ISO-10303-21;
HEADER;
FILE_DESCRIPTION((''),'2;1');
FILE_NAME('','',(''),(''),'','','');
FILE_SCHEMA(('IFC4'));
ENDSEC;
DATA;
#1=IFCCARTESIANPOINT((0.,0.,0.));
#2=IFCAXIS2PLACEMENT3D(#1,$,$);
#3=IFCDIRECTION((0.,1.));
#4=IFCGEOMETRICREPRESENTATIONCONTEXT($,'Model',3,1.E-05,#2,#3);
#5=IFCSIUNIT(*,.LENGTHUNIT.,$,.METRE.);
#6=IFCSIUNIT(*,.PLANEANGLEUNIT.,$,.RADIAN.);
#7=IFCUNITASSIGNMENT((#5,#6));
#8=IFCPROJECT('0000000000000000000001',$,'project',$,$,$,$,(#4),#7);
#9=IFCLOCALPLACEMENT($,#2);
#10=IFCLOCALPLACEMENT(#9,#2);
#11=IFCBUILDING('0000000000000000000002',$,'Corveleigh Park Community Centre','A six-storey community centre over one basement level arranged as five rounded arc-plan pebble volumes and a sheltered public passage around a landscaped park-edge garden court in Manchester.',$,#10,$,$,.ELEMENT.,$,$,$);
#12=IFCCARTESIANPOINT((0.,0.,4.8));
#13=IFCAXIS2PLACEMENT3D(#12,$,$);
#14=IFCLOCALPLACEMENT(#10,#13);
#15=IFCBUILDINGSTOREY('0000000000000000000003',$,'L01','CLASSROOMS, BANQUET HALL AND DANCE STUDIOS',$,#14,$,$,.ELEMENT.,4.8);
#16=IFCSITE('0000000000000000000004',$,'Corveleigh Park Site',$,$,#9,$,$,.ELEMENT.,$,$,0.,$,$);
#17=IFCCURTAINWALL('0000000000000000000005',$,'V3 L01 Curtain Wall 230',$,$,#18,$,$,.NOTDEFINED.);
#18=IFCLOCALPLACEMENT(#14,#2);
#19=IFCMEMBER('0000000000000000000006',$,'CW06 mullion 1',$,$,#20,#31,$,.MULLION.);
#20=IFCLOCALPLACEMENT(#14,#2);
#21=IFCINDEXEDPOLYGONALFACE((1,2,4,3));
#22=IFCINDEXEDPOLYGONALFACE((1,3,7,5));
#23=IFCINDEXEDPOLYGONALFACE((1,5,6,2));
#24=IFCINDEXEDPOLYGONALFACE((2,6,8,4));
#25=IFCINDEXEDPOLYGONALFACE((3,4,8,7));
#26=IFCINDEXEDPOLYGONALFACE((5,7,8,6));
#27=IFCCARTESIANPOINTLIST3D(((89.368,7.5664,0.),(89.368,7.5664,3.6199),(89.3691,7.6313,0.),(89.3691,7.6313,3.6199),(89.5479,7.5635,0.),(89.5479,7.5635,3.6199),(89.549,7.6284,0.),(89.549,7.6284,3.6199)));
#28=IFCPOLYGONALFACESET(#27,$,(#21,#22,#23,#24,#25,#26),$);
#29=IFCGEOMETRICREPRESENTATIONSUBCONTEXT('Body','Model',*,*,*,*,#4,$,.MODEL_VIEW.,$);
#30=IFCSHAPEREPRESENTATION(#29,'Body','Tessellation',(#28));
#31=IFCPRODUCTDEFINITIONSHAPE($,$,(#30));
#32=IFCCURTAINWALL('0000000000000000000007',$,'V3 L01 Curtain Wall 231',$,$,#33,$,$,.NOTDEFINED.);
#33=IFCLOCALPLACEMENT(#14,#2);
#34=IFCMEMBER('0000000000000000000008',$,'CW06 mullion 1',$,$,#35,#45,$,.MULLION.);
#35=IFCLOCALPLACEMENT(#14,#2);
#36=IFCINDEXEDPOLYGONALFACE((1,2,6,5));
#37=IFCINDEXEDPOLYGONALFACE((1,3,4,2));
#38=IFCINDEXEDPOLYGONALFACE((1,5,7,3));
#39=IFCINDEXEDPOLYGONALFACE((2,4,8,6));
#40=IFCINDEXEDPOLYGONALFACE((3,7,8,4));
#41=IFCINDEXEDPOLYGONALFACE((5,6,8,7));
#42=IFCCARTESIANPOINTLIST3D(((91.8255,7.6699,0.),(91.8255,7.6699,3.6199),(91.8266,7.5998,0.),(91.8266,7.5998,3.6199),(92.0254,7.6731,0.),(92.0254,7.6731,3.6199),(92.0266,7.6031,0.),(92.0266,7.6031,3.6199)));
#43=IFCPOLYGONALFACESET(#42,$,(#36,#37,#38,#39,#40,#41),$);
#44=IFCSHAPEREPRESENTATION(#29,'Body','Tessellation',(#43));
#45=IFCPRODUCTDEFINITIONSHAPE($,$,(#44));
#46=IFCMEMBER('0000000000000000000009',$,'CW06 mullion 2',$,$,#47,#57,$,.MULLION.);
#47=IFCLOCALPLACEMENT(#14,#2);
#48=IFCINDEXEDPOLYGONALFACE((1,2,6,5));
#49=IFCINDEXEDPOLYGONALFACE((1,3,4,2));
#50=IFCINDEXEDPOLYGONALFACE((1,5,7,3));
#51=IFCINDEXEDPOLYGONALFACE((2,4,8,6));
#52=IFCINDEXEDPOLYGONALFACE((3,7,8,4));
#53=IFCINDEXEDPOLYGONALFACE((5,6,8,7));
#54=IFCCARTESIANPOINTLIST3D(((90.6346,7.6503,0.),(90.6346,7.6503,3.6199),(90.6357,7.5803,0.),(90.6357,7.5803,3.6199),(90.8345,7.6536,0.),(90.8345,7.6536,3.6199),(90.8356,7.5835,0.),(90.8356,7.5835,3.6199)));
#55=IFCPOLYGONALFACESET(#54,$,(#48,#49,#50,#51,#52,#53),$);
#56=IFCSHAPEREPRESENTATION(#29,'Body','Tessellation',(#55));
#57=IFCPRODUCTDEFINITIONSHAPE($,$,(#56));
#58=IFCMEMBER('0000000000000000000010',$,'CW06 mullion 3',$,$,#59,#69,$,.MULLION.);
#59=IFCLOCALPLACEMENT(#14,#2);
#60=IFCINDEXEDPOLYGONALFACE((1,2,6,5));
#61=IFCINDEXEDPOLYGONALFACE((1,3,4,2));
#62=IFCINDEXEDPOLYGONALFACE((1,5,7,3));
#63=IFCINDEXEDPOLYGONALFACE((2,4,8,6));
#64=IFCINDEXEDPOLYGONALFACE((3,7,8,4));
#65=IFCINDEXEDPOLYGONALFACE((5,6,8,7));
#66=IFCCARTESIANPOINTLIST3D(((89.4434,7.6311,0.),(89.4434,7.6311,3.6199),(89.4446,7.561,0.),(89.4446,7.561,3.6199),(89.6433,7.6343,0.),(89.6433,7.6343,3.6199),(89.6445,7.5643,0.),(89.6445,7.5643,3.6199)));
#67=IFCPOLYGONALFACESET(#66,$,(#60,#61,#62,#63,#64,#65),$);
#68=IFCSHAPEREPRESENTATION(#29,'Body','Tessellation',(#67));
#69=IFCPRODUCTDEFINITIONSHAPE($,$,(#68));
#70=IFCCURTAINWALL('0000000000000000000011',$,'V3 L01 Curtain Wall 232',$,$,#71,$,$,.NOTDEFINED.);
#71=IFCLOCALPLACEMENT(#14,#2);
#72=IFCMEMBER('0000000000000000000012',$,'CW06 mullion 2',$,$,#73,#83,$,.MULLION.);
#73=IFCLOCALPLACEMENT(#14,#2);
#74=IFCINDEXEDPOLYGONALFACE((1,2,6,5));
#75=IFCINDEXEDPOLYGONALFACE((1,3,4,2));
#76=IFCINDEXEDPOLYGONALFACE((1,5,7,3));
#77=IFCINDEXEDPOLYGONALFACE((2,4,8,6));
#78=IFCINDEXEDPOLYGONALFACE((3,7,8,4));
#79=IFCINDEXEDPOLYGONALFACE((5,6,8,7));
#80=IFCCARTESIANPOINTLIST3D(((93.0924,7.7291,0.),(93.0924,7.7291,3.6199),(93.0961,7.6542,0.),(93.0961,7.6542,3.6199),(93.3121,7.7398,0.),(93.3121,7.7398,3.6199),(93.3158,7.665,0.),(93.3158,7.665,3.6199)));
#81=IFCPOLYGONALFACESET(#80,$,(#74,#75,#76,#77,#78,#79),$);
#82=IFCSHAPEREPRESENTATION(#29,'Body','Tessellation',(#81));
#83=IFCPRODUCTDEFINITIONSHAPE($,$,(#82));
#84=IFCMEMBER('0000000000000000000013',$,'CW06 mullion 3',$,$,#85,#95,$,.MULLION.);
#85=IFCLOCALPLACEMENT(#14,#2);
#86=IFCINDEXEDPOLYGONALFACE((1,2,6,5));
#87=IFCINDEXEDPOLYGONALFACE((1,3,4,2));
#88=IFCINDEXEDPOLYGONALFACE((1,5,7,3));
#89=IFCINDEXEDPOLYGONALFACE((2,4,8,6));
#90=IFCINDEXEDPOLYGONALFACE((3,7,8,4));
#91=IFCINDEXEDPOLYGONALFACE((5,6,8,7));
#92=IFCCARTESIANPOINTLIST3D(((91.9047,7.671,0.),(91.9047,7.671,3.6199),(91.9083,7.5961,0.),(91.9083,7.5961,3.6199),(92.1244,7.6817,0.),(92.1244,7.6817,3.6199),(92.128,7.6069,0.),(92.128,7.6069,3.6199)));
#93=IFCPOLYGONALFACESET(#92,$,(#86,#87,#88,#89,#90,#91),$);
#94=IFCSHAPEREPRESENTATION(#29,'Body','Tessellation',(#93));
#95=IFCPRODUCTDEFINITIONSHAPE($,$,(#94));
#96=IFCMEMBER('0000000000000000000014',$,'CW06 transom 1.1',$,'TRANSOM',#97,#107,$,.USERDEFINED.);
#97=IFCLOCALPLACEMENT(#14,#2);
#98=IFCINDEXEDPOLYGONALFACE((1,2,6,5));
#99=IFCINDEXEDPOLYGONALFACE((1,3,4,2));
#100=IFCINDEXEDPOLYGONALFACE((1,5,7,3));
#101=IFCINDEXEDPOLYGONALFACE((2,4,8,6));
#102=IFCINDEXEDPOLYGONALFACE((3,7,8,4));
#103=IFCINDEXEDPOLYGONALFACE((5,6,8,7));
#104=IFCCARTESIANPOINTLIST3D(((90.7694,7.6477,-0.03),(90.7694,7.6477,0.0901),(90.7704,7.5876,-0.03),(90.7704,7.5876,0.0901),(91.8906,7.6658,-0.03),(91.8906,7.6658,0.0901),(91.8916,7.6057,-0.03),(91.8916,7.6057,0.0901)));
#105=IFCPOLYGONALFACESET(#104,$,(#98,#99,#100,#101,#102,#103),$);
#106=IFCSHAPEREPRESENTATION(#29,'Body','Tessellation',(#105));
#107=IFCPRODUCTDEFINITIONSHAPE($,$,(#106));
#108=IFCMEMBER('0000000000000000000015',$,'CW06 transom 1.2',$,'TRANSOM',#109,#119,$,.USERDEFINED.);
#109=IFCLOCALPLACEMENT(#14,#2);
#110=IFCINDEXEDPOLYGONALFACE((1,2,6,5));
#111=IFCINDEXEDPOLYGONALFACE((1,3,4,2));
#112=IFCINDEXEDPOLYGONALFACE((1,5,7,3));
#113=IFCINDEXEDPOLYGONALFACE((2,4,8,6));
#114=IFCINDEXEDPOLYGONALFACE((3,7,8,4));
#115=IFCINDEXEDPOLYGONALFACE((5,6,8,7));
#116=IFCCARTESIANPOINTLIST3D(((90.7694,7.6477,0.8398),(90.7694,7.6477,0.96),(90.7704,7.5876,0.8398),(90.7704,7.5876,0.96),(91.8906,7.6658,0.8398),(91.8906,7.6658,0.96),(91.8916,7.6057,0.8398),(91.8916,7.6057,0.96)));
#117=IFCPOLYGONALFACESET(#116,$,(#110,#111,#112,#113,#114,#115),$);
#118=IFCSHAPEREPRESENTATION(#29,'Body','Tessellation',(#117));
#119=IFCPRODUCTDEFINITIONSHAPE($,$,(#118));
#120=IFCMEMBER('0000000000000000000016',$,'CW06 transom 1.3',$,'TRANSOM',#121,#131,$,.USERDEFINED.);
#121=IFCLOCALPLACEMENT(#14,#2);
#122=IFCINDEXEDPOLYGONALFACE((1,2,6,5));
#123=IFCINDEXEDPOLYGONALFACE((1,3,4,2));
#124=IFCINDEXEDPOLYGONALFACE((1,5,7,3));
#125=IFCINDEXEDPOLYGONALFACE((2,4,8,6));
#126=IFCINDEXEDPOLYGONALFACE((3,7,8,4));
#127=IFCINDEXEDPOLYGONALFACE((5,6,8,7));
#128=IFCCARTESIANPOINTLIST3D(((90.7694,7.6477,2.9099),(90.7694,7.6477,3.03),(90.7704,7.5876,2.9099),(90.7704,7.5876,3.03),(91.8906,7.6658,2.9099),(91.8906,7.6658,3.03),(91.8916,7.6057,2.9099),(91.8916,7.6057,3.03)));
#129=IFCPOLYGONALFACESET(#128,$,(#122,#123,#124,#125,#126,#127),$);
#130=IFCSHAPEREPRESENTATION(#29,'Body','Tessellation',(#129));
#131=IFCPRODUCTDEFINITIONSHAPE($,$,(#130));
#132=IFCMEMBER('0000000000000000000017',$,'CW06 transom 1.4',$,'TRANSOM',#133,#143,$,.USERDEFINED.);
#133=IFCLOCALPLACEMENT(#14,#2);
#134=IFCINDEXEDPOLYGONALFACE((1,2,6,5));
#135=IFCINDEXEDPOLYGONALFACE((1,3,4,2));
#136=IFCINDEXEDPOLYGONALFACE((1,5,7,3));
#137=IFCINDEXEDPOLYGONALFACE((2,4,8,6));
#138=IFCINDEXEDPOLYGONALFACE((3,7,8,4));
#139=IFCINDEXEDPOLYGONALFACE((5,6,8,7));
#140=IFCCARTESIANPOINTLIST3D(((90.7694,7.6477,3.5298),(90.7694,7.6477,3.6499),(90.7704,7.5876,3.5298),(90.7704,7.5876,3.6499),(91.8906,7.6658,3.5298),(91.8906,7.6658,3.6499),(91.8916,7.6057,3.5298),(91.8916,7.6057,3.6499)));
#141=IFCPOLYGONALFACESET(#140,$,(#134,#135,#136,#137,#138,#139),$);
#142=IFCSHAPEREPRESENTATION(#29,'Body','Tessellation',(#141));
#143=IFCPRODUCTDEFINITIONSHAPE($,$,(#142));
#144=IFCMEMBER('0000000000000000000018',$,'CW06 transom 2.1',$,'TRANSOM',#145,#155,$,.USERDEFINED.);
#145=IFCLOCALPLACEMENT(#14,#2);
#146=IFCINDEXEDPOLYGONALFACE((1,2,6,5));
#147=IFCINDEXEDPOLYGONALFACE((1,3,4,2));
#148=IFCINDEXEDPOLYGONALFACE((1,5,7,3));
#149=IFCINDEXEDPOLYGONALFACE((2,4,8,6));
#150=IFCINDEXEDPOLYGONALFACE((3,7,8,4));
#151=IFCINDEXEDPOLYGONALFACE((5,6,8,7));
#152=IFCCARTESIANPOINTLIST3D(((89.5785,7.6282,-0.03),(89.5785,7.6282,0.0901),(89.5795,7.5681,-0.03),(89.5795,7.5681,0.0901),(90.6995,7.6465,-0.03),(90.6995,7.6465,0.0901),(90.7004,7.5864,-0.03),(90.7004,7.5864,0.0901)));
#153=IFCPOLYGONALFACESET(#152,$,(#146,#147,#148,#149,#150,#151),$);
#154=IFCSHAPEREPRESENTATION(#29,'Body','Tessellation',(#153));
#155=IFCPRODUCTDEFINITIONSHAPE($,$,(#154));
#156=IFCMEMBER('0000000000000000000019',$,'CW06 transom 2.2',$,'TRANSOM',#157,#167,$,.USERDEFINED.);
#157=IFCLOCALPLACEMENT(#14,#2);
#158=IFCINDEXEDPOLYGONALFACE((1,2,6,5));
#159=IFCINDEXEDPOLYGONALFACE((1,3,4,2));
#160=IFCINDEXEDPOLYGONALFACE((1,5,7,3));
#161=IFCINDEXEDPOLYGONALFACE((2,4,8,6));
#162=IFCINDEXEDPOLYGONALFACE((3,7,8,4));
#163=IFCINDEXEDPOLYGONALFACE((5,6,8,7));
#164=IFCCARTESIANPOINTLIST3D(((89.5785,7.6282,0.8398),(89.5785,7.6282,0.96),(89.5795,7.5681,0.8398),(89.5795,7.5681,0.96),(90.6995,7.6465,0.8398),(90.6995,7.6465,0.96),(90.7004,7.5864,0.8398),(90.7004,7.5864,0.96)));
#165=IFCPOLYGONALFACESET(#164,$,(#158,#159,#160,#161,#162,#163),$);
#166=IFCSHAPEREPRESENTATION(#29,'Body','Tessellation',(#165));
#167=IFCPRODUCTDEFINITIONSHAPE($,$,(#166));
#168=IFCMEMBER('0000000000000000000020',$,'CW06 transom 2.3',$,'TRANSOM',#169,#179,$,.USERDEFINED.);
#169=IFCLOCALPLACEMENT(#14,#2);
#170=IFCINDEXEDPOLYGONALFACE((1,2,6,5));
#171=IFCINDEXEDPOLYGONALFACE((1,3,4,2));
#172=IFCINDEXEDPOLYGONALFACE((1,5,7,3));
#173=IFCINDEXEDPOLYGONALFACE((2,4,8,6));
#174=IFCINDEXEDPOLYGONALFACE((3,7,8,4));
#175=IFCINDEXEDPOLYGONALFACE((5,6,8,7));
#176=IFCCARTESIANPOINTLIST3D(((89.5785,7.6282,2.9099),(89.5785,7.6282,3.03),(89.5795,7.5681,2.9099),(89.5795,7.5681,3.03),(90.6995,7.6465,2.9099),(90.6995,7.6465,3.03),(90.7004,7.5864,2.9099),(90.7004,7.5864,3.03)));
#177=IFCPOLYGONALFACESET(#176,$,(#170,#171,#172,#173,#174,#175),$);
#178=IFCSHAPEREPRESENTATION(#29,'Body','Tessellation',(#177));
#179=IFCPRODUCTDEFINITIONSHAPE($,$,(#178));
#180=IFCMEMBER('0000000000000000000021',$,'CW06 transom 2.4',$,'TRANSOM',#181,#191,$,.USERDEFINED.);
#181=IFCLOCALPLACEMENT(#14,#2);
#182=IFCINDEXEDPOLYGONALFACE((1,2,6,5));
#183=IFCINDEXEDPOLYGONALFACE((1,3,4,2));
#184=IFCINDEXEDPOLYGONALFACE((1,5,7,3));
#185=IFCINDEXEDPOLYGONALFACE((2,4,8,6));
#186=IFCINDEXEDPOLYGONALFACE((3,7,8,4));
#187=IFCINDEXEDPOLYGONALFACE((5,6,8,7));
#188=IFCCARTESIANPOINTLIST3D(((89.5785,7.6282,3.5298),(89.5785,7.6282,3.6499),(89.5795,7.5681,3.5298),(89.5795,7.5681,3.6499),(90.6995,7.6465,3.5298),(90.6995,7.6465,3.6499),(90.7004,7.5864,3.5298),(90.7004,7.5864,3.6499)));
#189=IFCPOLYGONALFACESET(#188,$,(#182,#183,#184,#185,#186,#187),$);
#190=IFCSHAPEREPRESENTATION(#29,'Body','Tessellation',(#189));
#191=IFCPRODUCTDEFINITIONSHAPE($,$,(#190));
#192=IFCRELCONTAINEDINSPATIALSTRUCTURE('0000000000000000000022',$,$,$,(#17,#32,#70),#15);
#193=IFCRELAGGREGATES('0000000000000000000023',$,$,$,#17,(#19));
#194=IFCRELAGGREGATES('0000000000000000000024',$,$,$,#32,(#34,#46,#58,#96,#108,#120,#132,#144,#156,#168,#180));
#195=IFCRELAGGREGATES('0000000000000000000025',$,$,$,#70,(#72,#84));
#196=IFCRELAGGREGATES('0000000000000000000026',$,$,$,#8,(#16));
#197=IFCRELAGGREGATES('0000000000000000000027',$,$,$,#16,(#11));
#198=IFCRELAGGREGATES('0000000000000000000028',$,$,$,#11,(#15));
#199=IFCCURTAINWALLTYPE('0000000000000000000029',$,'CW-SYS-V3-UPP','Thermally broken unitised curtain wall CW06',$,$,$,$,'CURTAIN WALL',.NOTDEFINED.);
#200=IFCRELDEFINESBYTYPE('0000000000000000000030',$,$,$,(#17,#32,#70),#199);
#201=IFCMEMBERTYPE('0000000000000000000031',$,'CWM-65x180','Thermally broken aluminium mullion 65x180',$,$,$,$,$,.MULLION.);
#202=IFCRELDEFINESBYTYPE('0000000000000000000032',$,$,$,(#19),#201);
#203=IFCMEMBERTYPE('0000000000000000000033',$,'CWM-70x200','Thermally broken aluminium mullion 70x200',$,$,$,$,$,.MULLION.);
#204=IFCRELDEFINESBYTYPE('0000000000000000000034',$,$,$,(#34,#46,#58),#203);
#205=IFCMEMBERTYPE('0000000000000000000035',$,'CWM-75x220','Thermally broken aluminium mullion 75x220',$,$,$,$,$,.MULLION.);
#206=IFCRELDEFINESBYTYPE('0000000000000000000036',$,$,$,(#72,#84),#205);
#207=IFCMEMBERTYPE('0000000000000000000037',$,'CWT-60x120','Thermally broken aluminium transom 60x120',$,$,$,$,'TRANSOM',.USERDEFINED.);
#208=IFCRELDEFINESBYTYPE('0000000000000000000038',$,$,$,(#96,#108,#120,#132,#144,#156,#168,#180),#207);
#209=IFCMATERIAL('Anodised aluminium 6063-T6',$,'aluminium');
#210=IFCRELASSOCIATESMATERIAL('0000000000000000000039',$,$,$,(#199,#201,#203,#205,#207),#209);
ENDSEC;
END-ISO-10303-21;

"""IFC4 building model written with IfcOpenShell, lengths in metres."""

from ifc_helpers import new_model, si_unit, direction, frame, origin, origin_2d, place, context, subcontext, project, spatial, rectangle, extrude, material, material_profile, profile_set, type_object, element, aggregate, save


model = new_model("IFC4")

# Units and contexts
model_context = context("Model", 3, precision=1e-05, world=origin(), true_north=direction((0.0, 1.0)))
body_context = subcontext(model_context, "Body", "Model", "MODEL_VIEW")
ifc_project = project(units=[si_unit("LENGTHUNIT", "METRE"), si_unit("PLANEANGLEUNIT", "RADIAN")], contexts=[model_context])

# Site, building, storey
site_placement = place(None, origin())
site = spatial("IfcSite", under=ifc_project, at=site_placement, Name="Corveleigh Park Site", CompositionType="ELEMENT", RefElevation=0.0)
building_placement = place(site_placement, origin())
building = spatial("IfcBuilding", under=site, at=building_placement, Name="Corveleigh Park Community Centre", Description="A six-storey community centre over one basement level arranged as five rounded arc-plan pebble volumes and a sheltered public passage around a landscaped park-edge garden court in Manchester.", CompositionType="ELEMENT")
storey_placement = place(building_placement, frame((0.0, 0.0, 4.8)))
storey = spatial("IfcBuildingStorey", under=building, at=storey_placement, Name="L01", Description="CLASSROOMS, BANQUET HALL AND DANCE STUDIOS", CompositionType="ELEMENT", Elevation=4.8)

# Curtain wall, member
ifc_material_1 = material(Name="Anodised aluminium 6063-T6", Category="aluminium")
curtain_wall_type = type_object("IfcCurtainWallType", Name="CW-SYS-V3-UPP", Description="Thermally broken unitised curtain wall CW06", ElementType="CURTAIN WALL", PredefinedType="NOTDEFINED", material=ifc_material_1)
curtain_wall_1_placement = place(storey_placement, origin())
curtain_wall_1 = element("IfcCurtainWall", 1, at=curtain_wall_1_placement, inside=storey, type_object=curtain_wall_type, Name="V3 L01 Curtain Wall 230", PredefinedType="NOTDEFINED")
ifc_material_profile_1 = material_profile(ifc_material_1, rectangle(XDim=0.0649, YDim=0.1799, at=origin_2d()), Name="ALU-M65x180", Category="aluminium")
ifc_profile_set_1 = profile_set([ifc_material_profile_1], Name="Anodised aluminium 6063-T6")
member_type_1 = type_object("IfcMemberType", Name="CWM-65x180", Description="Thermally broken aluminium mullion 65x180", PredefinedType="MULLION", material=ifc_profile_set_1)
member_1_placement = place(storey_placement, frame((89.4585, 7.5974, 0.0), z_axis=(0.0, 0.0, 1.0), x_axis=(-0.016311, -0.999867, 0.0)))
member_1 = element("IfcMember", 2, at=member_1_placement, type_object=member_type_1, Name="CW06 mullion 1", PredefinedType="MULLION", context=body_context, shape_type="SweptSolid", body=[
    extrude(rectangle(XDim=0.0649, YDim=0.1799, at=origin_2d()), origin(), (0.0, 0.0, 1.0), 3.6199),
])
aggregate(curtain_wall_1, [member_1])

# Curtain walls, members
curtain_wall_2_placement = place(storey_placement, origin())
curtain_wall_2 = element("IfcCurtainWall", 3, at=curtain_wall_2_placement, inside=storey, type_object=curtain_wall_type, Name="V3 L01 Curtain Wall 231", PredefinedType="NOTDEFINED")
ifc_material_profile_2 = material_profile(ifc_material_1, rectangle(XDim=0.0701, YDim=0.2, at=origin_2d()), Name="ALU-M70x200", Category="aluminium")
ifc_profile_set_2 = profile_set([ifc_material_profile_2], Name="Anodised aluminium 6063-T6")
member_type_2 = type_object("IfcMemberType", Name="CWM-70x200", Description="Thermally broken aluminium mullion 70x200", PredefinedType="MULLION", material=ifc_profile_set_2)
member_2_placement = place(storey_placement, frame((91.926, 7.6365, 0.0), z_axis=(0.0, 0.0, 1.0), x_axis=(0.016311, -0.999867, 0.0)))
member_2 = element("IfcMember", 4, at=member_2_placement, type_object=member_type_2, Name="CW06 mullion 1", PredefinedType="MULLION", context=body_context, shape_type="SweptSolid", body=[
    extrude(rectangle(XDim=0.0701, YDim=0.2, at=origin_2d()), origin(), (0.0, 0.0, 1.0), 3.6199),
])
member_3_placement = place(storey_placement, frame((90.7351, 7.6169, 0.0), z_axis=(0.0, 0.0, 1.0), x_axis=(0.016311, -0.999867, 0.0)))
member_3 = element("IfcMember", 5, at=member_3_placement, type_object=member_type_2, Name="CW06 mullion 2", PredefinedType="MULLION", context=body_context, shape_type="SweptSolid", body=[
    extrude(rectangle(XDim=0.0701, YDim=0.2, at=origin_2d()), origin(), (0.0, 0.0, 1.0), 3.6199),
])
member_4_placement = place(storey_placement, frame((89.5439, 7.5977, 0.0), z_axis=(0.0, 0.0, 1.0), x_axis=(0.016311, -0.999867, 0.0)))
member_4 = element("IfcMember", 6, at=member_4_placement, type_object=member_type_2, Name="CW06 mullion 3", PredefinedType="MULLION", context=body_context, shape_type="SweptSolid", body=[
    extrude(rectangle(XDim=0.0701, YDim=0.2, at=origin_2d()), origin(), (0.0, 0.0, 1.0), 3.6199),
])
curtain_wall_3_placement = place(storey_placement, origin())
curtain_wall_3 = element("IfcCurtainWall", 7, at=curtain_wall_3_placement, inside=storey, type_object=curtain_wall_type, Name="V3 L01 Curtain Wall 232", PredefinedType="NOTDEFINED")
ifc_material_profile_3 = material_profile(ifc_material_1, rectangle(XDim=0.075, YDim=0.22, at=origin_2d()), Name="ALU-M75x220", Category="aluminium")
ifc_profile_set_3 = profile_set([ifc_material_profile_3], Name="Anodised aluminium 6063-T6")
member_type_3 = type_object("IfcMemberType", Name="CWM-75x220", Description="Thermally broken aluminium mullion 75x220", PredefinedType="MULLION", material=ifc_profile_set_3)
member_5_placement = place(storey_placement, frame((93.2041, 7.697, 0.0), z_axis=(0.0, 0.0, 1.0), x_axis=(0.048921, -0.998803, 0.0)))
member_5 = element("IfcMember", 8, at=member_5_placement, type_object=member_type_3, Name="CW06 mullion 2", PredefinedType="MULLION", context=body_context, shape_type="SweptSolid", body=[
    extrude(rectangle(XDim=0.075, YDim=0.22, at=origin_2d()), origin(), (0.0, 0.0, 1.0), 3.6199),
])
member_6_placement = place(storey_placement, frame((92.0164, 7.6389, 0.0), z_axis=(0.0, 0.0, 1.0), x_axis=(0.048921, -0.998803, 0.0)))
member_6 = element("IfcMember", 9, at=member_6_placement, type_object=member_type_3, Name="CW06 mullion 3", PredefinedType="MULLION", context=body_context, shape_type="SweptSolid", body=[
    extrude(rectangle(XDim=0.075, YDim=0.22, at=origin_2d()), origin(), (0.0, 0.0, 1.0), 3.6199),
])

# Members
ifc_material_profile_4 = material_profile(ifc_material_1, rectangle(XDim=0.0601, YDim=0.1201, at=origin_2d()), Name="ALU-T60x120", Category="aluminium")
ifc_profile_set_4 = profile_set([ifc_material_profile_4], Name="Anodised aluminium 6063-T6")
member_type_4 = type_object("IfcMemberType", Name="CWT-60x120", Description="Thermally broken aluminium transom 60x120", ElementType="TRANSOM", PredefinedType="USERDEFINED", material=ifc_profile_set_4)
member_7_placement = place(storey_placement, frame((91.8911, 7.6357, 0.03), z_axis=(-0.99987, -0.016113, 0.0), x_axis=(0.016113, -0.99987, 0.0)))
member_7 = element("IfcMember", 10, at=member_7_placement, type_object=member_type_4, Name="CW06 transom 1.1", ObjectType="TRANSOM", PredefinedType="USERDEFINED", context=body_context, shape_type="SweptSolid", body=[
    extrude(rectangle(XDim=0.0601, YDim=0.1201, at=origin_2d()), origin(), (0.0, 0.0, 1.0), 1.1213),
])
member_8_placement = place(storey_placement, frame((91.8911, 7.6357, 0.8999), z_axis=(-0.99987, -0.016113, 0.0), x_axis=(0.016113, -0.99987, 0.0)))
member_8 = element("IfcMember", 11, at=member_8_placement, type_object=member_type_4, Name="CW06 transom 1.2", ObjectType="TRANSOM", PredefinedType="USERDEFINED", context=body_context, shape_type="SweptSolid", body=[
    extrude(rectangle(XDim=0.0601, YDim=0.1201, at=origin_2d()), origin(), (0.0, 0.0, 1.0), 1.1213),
])
member_9_placement = place(storey_placement, frame((91.8911, 7.6357, 2.97), z_axis=(-0.99987, -0.016113, 0.0), x_axis=(0.016113, -0.99987, 0.0)))
member_9 = element("IfcMember", 12, at=member_9_placement, type_object=member_type_4, Name="CW06 transom 1.3", ObjectType="TRANSOM", PredefinedType="USERDEFINED", context=body_context, shape_type="SweptSolid", body=[
    extrude(rectangle(XDim=0.0601, YDim=0.1201, at=origin_2d()), origin(), (0.0, 0.0, 1.0), 1.1213),
])
member_10_placement = place(storey_placement, frame((91.8911, 7.6357, 3.5898), z_axis=(-0.99987, -0.016113, 0.0), x_axis=(0.016113, -0.99987, 0.0)))
member_10 = element("IfcMember", 13, at=member_10_placement, type_object=member_type_4, Name="CW06 transom 1.4", ObjectType="TRANSOM", PredefinedType="USERDEFINED", context=body_context, shape_type="SweptSolid", body=[
    extrude(rectangle(XDim=0.0601, YDim=0.1201, at=origin_2d()), origin(), (0.0, 0.0, 1.0), 1.1213),
])
member_11_placement = place(storey_placement, frame((90.7, 7.6165, 0.03), z_axis=(-0.999867, -0.016334, 0.0), x_axis=(0.016334, -0.999867, 0.0)))
member_11 = element("IfcMember", 14, at=member_11_placement, type_object=member_type_4, Name="CW06 transom 2.1", ObjectType="TRANSOM", PredefinedType="USERDEFINED", context=body_context, shape_type="SweptSolid", body=[
    extrude(rectangle(XDim=0.0601, YDim=0.1201, at=origin_2d()), origin(), (0.0, 0.0, 1.0), 1.1211),
])
member_12_placement = place(storey_placement, frame((90.7, 7.6165, 0.8999), z_axis=(-0.999867, -0.016334, 0.0), x_axis=(0.016334, -0.999867, 0.0)))
member_12 = element("IfcMember", 15, at=member_12_placement, type_object=member_type_4, Name="CW06 transom 2.2", ObjectType="TRANSOM", PredefinedType="USERDEFINED", context=body_context, shape_type="SweptSolid", body=[
    extrude(rectangle(XDim=0.0601, YDim=0.1201, at=origin_2d()), origin(), (0.0, 0.0, 1.0), 1.1211),
])
member_13_placement = place(storey_placement, frame((90.7, 7.6165, 2.97), z_axis=(-0.999867, -0.016334, 0.0), x_axis=(0.016334, -0.999867, 0.0)))
member_13 = element("IfcMember", 16, at=member_13_placement, type_object=member_type_4, Name="CW06 transom 2.3", ObjectType="TRANSOM", PredefinedType="USERDEFINED", context=body_context, shape_type="SweptSolid", body=[
    extrude(rectangle(XDim=0.0601, YDim=0.1201, at=origin_2d()), origin(), (0.0, 0.0, 1.0), 1.1211),
])
member_14_placement = place(storey_placement, frame((90.7, 7.6165, 3.5898), z_axis=(-0.999867, -0.016334, 0.0), x_axis=(0.016334, -0.999867, 0.0)))
member_14 = element("IfcMember", 17, at=member_14_placement, type_object=member_type_4, Name="CW06 transom 2.4", ObjectType="TRANSOM", PredefinedType="USERDEFINED", context=body_context, shape_type="SweptSolid", body=[
    extrude(rectangle(XDim=0.0601, YDim=0.1201, at=origin_2d()), origin(), (0.0, 0.0, 1.0), 1.1211),
])

aggregate(curtain_wall_2, [member_2, member_3, member_4, member_7, member_8, member_9, member_10, member_11, member_12, member_13, member_14])
aggregate(curtain_wall_3, [member_5, member_6])

save(model, "model.ifc")
